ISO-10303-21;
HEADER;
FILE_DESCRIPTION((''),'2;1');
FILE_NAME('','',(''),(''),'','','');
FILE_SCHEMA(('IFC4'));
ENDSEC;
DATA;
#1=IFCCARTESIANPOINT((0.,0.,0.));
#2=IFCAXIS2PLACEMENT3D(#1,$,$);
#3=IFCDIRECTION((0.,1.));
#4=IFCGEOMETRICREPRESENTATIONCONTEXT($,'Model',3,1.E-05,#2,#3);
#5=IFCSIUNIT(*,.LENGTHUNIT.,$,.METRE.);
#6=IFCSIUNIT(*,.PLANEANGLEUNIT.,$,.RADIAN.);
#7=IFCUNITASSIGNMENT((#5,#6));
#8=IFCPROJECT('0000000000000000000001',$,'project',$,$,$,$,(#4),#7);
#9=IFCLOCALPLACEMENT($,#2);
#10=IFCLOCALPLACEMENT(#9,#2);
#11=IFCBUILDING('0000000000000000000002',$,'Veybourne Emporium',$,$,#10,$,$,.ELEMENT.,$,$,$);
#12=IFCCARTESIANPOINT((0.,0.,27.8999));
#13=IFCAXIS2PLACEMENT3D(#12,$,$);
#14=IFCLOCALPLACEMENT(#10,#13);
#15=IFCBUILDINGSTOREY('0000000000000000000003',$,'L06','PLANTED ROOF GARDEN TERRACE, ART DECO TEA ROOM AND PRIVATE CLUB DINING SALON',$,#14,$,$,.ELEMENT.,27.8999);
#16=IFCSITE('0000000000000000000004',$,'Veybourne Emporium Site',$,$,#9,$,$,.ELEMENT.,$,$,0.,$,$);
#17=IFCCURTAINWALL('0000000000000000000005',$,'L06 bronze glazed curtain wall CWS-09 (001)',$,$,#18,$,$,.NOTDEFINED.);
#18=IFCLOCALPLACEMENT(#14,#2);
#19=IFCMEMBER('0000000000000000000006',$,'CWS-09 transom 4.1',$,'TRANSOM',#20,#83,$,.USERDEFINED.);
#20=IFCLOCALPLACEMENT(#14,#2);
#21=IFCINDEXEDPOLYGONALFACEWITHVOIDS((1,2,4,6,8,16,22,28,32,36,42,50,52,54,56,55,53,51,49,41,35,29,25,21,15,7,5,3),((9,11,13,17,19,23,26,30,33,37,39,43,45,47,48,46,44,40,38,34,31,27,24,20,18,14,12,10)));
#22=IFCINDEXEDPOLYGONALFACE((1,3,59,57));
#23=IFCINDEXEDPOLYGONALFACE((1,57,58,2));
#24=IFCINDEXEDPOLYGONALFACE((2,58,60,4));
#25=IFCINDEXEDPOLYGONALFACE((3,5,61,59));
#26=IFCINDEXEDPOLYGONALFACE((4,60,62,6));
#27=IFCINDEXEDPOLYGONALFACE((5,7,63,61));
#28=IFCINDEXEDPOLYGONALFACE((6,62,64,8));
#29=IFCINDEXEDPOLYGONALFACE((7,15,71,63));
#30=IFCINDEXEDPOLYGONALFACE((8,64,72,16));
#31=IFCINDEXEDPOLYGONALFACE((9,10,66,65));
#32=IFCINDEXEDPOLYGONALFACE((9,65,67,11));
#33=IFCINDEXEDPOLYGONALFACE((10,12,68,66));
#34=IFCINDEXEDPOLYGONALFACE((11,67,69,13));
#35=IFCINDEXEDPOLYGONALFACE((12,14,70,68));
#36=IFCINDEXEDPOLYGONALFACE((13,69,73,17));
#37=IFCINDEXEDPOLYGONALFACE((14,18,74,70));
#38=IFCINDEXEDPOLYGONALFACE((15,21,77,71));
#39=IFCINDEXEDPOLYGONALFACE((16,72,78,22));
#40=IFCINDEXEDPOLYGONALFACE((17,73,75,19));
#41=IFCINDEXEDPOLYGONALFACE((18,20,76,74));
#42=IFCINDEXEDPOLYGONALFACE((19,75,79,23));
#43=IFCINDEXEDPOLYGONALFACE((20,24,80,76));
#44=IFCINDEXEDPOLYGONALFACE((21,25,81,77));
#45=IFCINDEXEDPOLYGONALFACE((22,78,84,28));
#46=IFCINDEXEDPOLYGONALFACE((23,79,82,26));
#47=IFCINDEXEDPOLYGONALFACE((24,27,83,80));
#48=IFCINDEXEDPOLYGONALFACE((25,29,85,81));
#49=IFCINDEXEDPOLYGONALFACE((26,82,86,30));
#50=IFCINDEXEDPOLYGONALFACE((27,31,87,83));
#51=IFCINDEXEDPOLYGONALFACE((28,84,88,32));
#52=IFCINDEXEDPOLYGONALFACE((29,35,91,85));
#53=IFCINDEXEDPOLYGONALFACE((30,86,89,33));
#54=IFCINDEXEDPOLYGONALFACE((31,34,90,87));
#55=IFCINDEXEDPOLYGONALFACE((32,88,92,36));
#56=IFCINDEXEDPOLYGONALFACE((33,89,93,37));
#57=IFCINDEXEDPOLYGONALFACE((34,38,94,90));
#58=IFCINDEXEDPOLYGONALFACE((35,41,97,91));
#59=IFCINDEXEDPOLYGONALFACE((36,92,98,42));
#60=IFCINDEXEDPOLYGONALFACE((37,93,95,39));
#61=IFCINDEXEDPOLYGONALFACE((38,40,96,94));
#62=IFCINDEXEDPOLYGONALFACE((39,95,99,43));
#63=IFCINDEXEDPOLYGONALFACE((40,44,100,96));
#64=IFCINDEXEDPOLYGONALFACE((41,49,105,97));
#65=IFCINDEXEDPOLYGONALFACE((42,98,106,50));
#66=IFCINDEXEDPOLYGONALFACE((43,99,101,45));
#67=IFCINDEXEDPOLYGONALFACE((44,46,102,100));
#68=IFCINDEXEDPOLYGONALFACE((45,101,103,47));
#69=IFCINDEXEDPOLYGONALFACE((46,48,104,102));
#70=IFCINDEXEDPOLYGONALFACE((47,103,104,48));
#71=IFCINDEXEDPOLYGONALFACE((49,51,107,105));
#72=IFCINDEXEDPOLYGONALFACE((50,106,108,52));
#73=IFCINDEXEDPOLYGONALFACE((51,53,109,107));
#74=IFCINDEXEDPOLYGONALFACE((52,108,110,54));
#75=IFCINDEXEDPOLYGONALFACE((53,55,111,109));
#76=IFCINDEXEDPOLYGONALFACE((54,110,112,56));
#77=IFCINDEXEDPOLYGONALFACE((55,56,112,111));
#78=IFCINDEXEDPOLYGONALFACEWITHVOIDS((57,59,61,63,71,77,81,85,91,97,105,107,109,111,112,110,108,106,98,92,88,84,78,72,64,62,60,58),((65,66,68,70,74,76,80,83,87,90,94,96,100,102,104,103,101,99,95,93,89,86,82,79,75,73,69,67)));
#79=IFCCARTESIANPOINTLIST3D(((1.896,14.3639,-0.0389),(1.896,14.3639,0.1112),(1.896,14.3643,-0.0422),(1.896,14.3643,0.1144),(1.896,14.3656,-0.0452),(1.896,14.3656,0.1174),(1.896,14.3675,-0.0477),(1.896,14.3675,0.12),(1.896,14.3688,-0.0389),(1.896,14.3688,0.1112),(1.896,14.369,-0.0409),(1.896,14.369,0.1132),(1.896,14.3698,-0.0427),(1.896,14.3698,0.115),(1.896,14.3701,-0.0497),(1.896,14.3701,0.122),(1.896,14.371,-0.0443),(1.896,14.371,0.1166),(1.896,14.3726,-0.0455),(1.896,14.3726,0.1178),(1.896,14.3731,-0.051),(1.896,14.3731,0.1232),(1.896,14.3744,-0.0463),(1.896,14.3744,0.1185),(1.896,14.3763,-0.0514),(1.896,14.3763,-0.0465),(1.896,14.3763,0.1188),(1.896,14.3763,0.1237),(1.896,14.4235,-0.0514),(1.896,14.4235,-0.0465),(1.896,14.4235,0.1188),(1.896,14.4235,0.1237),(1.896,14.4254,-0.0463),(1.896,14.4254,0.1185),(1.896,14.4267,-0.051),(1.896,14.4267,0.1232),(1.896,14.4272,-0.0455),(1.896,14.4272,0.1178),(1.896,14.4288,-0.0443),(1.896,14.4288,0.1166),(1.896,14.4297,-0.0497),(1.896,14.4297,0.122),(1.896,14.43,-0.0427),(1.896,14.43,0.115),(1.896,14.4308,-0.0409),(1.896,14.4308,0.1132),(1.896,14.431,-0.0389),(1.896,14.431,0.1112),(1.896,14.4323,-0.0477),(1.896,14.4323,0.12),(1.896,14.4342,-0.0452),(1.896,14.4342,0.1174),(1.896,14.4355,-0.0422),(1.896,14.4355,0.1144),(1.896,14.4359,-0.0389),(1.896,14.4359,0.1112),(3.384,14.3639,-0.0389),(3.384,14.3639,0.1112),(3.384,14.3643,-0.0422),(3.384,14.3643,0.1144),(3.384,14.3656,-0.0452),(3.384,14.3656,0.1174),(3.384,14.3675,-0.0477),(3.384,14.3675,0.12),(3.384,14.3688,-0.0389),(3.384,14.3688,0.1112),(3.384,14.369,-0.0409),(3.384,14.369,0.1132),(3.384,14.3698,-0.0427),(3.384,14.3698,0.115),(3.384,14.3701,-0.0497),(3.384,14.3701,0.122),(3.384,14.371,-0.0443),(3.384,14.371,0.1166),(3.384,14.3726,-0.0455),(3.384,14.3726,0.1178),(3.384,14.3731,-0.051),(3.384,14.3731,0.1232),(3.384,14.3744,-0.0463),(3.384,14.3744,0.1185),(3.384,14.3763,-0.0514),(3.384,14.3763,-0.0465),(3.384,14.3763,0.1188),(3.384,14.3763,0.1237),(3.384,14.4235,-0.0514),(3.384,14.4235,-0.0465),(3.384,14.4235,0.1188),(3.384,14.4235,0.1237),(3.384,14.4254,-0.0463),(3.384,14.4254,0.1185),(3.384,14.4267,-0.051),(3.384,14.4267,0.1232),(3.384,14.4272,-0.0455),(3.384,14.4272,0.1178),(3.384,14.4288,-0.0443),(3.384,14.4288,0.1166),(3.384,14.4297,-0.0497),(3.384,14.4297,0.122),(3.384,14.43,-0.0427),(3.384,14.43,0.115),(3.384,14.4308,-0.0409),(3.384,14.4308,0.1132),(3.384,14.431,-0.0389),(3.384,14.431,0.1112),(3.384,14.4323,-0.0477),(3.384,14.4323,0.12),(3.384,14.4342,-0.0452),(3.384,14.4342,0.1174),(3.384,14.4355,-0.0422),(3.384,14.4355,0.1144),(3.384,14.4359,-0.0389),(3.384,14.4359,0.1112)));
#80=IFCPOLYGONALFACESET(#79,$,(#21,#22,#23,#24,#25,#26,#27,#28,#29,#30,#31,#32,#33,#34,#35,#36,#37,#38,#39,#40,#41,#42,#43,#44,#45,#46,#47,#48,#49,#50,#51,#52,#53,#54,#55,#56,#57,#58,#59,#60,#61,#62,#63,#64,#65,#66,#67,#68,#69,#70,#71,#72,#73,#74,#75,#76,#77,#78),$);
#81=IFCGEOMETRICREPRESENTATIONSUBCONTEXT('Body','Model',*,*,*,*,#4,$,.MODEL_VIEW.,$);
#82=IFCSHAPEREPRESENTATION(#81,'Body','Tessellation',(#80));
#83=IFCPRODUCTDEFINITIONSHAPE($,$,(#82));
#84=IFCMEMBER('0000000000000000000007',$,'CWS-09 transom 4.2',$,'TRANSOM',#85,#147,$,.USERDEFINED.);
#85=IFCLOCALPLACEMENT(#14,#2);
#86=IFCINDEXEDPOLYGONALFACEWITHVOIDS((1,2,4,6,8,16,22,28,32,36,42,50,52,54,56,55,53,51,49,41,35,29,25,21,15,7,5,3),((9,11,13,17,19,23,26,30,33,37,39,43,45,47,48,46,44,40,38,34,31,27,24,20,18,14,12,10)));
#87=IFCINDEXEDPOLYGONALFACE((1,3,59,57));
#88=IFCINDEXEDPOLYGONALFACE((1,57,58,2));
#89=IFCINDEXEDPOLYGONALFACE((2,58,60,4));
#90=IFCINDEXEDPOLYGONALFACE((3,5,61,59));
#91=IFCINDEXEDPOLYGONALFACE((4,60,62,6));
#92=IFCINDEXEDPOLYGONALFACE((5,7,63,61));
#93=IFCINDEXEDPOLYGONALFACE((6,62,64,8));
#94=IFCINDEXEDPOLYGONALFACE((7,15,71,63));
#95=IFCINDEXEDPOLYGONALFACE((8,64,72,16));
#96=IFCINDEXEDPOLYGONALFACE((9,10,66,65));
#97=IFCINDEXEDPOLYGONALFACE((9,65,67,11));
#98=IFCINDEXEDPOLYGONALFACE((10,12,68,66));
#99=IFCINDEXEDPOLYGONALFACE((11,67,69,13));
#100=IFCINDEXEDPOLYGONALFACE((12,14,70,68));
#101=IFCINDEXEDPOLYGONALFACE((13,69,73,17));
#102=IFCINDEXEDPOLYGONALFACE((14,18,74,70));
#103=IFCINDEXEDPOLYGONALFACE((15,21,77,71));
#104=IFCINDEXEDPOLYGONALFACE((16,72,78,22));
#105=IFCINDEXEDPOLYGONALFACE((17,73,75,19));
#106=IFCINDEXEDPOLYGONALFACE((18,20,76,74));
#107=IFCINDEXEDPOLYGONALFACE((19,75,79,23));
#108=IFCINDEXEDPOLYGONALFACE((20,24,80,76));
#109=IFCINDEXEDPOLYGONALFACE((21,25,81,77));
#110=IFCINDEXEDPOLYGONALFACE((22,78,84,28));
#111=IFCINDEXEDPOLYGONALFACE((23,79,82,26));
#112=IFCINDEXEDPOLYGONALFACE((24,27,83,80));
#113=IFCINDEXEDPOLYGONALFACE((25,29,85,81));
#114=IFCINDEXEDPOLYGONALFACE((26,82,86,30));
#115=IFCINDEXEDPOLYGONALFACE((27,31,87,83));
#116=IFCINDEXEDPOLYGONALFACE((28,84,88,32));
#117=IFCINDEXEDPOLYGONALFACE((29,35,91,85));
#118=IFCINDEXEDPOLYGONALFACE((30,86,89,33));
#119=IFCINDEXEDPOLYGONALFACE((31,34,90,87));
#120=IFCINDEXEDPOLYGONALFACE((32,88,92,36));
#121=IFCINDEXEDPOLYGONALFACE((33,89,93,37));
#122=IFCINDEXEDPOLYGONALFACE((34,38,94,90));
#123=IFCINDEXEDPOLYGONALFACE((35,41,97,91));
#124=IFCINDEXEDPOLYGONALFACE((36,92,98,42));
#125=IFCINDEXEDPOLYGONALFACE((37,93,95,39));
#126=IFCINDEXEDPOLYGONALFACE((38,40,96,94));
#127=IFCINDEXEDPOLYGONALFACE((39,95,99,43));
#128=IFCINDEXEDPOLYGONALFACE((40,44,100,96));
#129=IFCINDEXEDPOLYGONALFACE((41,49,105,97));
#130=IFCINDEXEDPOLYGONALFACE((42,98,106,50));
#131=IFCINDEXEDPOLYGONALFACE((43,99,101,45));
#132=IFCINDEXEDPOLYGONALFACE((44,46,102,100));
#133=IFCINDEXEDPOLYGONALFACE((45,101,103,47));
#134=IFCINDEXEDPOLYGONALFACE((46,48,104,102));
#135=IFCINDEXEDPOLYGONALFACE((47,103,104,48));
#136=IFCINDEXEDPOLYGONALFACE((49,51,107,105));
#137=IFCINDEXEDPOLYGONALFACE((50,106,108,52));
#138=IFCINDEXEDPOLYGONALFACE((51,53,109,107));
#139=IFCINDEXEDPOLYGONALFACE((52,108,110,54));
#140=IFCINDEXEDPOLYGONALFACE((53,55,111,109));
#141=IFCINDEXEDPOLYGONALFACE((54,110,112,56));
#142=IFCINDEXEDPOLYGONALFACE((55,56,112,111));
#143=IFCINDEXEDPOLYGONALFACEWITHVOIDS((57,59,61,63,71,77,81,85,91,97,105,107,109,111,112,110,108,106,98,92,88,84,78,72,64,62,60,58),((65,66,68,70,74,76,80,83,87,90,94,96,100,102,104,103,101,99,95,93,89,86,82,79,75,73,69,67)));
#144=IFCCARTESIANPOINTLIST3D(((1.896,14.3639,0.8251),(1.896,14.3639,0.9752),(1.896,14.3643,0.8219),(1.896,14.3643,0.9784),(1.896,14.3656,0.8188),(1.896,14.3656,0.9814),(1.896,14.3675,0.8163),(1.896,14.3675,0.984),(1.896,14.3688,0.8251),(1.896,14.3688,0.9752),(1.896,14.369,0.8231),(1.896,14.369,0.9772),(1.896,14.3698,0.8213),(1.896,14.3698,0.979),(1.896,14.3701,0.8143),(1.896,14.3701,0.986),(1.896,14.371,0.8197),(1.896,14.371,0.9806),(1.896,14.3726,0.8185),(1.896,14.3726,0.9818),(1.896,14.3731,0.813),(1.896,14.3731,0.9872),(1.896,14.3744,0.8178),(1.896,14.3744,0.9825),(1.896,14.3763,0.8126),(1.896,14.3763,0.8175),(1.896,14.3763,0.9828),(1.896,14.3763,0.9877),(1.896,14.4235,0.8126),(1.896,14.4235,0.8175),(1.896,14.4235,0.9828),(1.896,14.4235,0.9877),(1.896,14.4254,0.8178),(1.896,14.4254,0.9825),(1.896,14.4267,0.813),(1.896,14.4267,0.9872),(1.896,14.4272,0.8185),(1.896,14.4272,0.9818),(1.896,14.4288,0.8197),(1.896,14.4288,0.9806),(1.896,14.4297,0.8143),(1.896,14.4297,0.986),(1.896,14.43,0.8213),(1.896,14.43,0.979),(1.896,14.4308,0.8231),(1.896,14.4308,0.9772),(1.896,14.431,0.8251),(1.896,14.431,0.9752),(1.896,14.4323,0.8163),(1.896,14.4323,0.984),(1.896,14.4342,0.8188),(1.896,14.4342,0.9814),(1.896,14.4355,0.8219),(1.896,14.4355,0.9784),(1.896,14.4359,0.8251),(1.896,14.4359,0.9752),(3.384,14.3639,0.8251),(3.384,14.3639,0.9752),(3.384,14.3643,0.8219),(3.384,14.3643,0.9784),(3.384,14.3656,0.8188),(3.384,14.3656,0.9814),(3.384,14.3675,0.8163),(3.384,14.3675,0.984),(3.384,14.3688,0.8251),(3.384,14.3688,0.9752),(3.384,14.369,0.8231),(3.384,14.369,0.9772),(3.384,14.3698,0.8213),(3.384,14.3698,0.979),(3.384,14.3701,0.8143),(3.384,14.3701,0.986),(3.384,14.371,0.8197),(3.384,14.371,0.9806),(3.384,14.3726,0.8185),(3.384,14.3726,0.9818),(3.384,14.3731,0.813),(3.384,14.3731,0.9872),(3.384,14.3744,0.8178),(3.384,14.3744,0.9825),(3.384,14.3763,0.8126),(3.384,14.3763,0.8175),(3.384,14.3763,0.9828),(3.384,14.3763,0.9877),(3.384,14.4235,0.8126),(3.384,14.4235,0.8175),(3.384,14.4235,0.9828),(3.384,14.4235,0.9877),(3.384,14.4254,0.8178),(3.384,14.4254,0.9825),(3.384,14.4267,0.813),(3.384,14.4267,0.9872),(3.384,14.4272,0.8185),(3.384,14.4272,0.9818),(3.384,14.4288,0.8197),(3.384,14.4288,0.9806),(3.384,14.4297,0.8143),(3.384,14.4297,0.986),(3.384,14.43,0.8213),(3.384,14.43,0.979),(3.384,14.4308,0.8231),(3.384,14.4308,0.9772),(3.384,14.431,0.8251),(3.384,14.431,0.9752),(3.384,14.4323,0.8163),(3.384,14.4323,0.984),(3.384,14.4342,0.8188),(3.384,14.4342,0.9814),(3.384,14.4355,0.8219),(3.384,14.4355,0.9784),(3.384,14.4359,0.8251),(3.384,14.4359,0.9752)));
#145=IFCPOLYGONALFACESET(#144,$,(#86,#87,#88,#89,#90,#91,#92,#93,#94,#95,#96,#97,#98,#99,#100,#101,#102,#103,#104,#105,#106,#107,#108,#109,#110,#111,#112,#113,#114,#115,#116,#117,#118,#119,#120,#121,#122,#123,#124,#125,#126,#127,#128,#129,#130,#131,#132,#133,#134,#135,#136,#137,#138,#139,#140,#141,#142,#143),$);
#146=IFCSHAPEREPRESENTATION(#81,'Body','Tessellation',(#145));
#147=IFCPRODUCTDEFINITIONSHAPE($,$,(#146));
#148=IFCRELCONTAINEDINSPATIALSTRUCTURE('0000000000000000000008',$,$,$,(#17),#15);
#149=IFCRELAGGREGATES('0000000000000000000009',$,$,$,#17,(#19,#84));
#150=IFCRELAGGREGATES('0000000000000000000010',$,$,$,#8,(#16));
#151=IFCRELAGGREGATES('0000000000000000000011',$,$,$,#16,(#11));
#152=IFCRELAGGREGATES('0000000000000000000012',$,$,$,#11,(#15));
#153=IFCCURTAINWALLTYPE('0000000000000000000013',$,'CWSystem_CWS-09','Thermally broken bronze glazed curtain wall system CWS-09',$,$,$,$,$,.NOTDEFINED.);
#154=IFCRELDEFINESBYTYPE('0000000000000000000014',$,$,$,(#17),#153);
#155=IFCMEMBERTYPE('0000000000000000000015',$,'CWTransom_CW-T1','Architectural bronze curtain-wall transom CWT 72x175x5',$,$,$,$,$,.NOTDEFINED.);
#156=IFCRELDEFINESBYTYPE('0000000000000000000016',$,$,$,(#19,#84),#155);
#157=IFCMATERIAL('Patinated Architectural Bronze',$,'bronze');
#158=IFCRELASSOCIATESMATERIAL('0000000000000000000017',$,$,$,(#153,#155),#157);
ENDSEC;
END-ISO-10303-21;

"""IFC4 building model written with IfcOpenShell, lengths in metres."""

from ifc_helpers import new_model, si_unit, direction, frame, origin, origin_2d, place, context, subcontext, project, spatial, hollow_rectangle, extrude, material, material_profile, profile_set, type_object, element, aggregate, save


model = new_model("IFC4")

# Units and contexts
model_context = context("Model", 3, precision=1e-05, world=origin(), true_north=direction((0.0, 1.0)))
body_context = subcontext(model_context, "Body", "Model", "MODEL_VIEW")
ifc_project = project(units=[si_unit("LENGTHUNIT", "METRE"), si_unit("PLANEANGLEUNIT", "RADIAN")], contexts=[model_context])

# Site, building, storey
site_placement = place(None, origin())
site = spatial("IfcSite", under=ifc_project, at=site_placement, Name="Veybourne Emporium Site", CompositionType="ELEMENT", RefElevation=0.0)
building_placement = place(site_placement, origin())
building = spatial("IfcBuilding", under=site, at=building_placement, Name="Veybourne Emporium", CompositionType="ELEMENT")
storey_placement = place(building_placement, frame((0.0, 0.0, 27.8999)))
storey = spatial("IfcBuildingStorey", under=building, at=storey_placement, Name="L06", Description="PLANTED ROOF GARDEN TERRACE, ART DECO TEA ROOM AND PRIVATE CLUB DINING SALON", CompositionType="ELEMENT", Elevation=27.8999)

# Curtain wall, members
ifc_material_1 = material(Name="Patinated Architectural Bronze", Category="bronze")
curtain_wall_type = type_object("IfcCurtainWallType", Name="CWSystem_CWS-09", Description="Thermally broken bronze glazed curtain wall system CWS-09", PredefinedType="NOTDEFINED", material=ifc_material_1)
curtain_wall_placement = place(storey_placement, origin())
curtain_wall = element("IfcCurtainWall", 1, at=curtain_wall_placement, inside=storey, type_object=curtain_wall_type, Name="L06 bronze glazed curtain wall CWS-09 (001)", PredefinedType="NOTDEFINED")
ifc_material_profile_1 = material_profile(ifc_material_1, hollow_rectangle(XDim=0.072, YDim=0.175, WallThickness=0.0049, InnerFilletRadius=0.0076, OuterFilletRadius=0.0125, at=origin_2d()), Name="CWT 72x175x5")
ifc_profile_set_1 = profile_set([ifc_material_profile_1], Name="Patinated Architectural Bronze")
member_type_1 = type_object("IfcMemberType", Name="CWTransom_CW-T1", Description="Architectural bronze curtain-wall transom CWT 72x175x5", PredefinedType="NOTDEFINED", material=ifc_profile_set_1)
member_1_placement = place(storey_placement, frame((3.384, 14.3999, 0.0361), z_axis=(-1.0, 0.0, 0.0), x_axis=(0.0, -1.0, 0.0)))
member_1 = element("IfcMember", 2, at=member_1_placement, type_object=member_type_1, Name="CWS-09 transom 4.1", ObjectType="TRANSOM", PredefinedType="USERDEFINED", context=body_context, shape_type="SweptSolid", body=[
    extrude(hollow_rectangle(XDim=0.072, YDim=0.175, WallThickness=0.0049, InnerFilletRadius=0.0076, OuterFilletRadius=0.0125, at=origin_2d()), origin(), (0.0, 0.0, 1.0), 1.488),
])
member_2_placement = place(storey_placement, frame((3.384, 14.3999, 0.9001), z_axis=(-1.0, 0.0, 0.0), x_axis=(0.0, -1.0, 0.0)))
member_2 = element("IfcMember", 3, at=member_2_placement, type_object=member_type_1, Name="CWS-09 transom 4.2", ObjectType="TRANSOM", PredefinedType="USERDEFINED", context=body_context, shape_type="SweptSolid", body=[
    extrude(hollow_rectangle(XDim=0.072, YDim=0.175, WallThickness=0.0049, InnerFilletRadius=0.0076, OuterFilletRadius=0.0125, at=origin_2d()), origin(), (0.0, 0.0, 1.0), 1.488),
])

aggregate(curtain_wall, [member_1, member_2])

save(model, "model.ifc")
